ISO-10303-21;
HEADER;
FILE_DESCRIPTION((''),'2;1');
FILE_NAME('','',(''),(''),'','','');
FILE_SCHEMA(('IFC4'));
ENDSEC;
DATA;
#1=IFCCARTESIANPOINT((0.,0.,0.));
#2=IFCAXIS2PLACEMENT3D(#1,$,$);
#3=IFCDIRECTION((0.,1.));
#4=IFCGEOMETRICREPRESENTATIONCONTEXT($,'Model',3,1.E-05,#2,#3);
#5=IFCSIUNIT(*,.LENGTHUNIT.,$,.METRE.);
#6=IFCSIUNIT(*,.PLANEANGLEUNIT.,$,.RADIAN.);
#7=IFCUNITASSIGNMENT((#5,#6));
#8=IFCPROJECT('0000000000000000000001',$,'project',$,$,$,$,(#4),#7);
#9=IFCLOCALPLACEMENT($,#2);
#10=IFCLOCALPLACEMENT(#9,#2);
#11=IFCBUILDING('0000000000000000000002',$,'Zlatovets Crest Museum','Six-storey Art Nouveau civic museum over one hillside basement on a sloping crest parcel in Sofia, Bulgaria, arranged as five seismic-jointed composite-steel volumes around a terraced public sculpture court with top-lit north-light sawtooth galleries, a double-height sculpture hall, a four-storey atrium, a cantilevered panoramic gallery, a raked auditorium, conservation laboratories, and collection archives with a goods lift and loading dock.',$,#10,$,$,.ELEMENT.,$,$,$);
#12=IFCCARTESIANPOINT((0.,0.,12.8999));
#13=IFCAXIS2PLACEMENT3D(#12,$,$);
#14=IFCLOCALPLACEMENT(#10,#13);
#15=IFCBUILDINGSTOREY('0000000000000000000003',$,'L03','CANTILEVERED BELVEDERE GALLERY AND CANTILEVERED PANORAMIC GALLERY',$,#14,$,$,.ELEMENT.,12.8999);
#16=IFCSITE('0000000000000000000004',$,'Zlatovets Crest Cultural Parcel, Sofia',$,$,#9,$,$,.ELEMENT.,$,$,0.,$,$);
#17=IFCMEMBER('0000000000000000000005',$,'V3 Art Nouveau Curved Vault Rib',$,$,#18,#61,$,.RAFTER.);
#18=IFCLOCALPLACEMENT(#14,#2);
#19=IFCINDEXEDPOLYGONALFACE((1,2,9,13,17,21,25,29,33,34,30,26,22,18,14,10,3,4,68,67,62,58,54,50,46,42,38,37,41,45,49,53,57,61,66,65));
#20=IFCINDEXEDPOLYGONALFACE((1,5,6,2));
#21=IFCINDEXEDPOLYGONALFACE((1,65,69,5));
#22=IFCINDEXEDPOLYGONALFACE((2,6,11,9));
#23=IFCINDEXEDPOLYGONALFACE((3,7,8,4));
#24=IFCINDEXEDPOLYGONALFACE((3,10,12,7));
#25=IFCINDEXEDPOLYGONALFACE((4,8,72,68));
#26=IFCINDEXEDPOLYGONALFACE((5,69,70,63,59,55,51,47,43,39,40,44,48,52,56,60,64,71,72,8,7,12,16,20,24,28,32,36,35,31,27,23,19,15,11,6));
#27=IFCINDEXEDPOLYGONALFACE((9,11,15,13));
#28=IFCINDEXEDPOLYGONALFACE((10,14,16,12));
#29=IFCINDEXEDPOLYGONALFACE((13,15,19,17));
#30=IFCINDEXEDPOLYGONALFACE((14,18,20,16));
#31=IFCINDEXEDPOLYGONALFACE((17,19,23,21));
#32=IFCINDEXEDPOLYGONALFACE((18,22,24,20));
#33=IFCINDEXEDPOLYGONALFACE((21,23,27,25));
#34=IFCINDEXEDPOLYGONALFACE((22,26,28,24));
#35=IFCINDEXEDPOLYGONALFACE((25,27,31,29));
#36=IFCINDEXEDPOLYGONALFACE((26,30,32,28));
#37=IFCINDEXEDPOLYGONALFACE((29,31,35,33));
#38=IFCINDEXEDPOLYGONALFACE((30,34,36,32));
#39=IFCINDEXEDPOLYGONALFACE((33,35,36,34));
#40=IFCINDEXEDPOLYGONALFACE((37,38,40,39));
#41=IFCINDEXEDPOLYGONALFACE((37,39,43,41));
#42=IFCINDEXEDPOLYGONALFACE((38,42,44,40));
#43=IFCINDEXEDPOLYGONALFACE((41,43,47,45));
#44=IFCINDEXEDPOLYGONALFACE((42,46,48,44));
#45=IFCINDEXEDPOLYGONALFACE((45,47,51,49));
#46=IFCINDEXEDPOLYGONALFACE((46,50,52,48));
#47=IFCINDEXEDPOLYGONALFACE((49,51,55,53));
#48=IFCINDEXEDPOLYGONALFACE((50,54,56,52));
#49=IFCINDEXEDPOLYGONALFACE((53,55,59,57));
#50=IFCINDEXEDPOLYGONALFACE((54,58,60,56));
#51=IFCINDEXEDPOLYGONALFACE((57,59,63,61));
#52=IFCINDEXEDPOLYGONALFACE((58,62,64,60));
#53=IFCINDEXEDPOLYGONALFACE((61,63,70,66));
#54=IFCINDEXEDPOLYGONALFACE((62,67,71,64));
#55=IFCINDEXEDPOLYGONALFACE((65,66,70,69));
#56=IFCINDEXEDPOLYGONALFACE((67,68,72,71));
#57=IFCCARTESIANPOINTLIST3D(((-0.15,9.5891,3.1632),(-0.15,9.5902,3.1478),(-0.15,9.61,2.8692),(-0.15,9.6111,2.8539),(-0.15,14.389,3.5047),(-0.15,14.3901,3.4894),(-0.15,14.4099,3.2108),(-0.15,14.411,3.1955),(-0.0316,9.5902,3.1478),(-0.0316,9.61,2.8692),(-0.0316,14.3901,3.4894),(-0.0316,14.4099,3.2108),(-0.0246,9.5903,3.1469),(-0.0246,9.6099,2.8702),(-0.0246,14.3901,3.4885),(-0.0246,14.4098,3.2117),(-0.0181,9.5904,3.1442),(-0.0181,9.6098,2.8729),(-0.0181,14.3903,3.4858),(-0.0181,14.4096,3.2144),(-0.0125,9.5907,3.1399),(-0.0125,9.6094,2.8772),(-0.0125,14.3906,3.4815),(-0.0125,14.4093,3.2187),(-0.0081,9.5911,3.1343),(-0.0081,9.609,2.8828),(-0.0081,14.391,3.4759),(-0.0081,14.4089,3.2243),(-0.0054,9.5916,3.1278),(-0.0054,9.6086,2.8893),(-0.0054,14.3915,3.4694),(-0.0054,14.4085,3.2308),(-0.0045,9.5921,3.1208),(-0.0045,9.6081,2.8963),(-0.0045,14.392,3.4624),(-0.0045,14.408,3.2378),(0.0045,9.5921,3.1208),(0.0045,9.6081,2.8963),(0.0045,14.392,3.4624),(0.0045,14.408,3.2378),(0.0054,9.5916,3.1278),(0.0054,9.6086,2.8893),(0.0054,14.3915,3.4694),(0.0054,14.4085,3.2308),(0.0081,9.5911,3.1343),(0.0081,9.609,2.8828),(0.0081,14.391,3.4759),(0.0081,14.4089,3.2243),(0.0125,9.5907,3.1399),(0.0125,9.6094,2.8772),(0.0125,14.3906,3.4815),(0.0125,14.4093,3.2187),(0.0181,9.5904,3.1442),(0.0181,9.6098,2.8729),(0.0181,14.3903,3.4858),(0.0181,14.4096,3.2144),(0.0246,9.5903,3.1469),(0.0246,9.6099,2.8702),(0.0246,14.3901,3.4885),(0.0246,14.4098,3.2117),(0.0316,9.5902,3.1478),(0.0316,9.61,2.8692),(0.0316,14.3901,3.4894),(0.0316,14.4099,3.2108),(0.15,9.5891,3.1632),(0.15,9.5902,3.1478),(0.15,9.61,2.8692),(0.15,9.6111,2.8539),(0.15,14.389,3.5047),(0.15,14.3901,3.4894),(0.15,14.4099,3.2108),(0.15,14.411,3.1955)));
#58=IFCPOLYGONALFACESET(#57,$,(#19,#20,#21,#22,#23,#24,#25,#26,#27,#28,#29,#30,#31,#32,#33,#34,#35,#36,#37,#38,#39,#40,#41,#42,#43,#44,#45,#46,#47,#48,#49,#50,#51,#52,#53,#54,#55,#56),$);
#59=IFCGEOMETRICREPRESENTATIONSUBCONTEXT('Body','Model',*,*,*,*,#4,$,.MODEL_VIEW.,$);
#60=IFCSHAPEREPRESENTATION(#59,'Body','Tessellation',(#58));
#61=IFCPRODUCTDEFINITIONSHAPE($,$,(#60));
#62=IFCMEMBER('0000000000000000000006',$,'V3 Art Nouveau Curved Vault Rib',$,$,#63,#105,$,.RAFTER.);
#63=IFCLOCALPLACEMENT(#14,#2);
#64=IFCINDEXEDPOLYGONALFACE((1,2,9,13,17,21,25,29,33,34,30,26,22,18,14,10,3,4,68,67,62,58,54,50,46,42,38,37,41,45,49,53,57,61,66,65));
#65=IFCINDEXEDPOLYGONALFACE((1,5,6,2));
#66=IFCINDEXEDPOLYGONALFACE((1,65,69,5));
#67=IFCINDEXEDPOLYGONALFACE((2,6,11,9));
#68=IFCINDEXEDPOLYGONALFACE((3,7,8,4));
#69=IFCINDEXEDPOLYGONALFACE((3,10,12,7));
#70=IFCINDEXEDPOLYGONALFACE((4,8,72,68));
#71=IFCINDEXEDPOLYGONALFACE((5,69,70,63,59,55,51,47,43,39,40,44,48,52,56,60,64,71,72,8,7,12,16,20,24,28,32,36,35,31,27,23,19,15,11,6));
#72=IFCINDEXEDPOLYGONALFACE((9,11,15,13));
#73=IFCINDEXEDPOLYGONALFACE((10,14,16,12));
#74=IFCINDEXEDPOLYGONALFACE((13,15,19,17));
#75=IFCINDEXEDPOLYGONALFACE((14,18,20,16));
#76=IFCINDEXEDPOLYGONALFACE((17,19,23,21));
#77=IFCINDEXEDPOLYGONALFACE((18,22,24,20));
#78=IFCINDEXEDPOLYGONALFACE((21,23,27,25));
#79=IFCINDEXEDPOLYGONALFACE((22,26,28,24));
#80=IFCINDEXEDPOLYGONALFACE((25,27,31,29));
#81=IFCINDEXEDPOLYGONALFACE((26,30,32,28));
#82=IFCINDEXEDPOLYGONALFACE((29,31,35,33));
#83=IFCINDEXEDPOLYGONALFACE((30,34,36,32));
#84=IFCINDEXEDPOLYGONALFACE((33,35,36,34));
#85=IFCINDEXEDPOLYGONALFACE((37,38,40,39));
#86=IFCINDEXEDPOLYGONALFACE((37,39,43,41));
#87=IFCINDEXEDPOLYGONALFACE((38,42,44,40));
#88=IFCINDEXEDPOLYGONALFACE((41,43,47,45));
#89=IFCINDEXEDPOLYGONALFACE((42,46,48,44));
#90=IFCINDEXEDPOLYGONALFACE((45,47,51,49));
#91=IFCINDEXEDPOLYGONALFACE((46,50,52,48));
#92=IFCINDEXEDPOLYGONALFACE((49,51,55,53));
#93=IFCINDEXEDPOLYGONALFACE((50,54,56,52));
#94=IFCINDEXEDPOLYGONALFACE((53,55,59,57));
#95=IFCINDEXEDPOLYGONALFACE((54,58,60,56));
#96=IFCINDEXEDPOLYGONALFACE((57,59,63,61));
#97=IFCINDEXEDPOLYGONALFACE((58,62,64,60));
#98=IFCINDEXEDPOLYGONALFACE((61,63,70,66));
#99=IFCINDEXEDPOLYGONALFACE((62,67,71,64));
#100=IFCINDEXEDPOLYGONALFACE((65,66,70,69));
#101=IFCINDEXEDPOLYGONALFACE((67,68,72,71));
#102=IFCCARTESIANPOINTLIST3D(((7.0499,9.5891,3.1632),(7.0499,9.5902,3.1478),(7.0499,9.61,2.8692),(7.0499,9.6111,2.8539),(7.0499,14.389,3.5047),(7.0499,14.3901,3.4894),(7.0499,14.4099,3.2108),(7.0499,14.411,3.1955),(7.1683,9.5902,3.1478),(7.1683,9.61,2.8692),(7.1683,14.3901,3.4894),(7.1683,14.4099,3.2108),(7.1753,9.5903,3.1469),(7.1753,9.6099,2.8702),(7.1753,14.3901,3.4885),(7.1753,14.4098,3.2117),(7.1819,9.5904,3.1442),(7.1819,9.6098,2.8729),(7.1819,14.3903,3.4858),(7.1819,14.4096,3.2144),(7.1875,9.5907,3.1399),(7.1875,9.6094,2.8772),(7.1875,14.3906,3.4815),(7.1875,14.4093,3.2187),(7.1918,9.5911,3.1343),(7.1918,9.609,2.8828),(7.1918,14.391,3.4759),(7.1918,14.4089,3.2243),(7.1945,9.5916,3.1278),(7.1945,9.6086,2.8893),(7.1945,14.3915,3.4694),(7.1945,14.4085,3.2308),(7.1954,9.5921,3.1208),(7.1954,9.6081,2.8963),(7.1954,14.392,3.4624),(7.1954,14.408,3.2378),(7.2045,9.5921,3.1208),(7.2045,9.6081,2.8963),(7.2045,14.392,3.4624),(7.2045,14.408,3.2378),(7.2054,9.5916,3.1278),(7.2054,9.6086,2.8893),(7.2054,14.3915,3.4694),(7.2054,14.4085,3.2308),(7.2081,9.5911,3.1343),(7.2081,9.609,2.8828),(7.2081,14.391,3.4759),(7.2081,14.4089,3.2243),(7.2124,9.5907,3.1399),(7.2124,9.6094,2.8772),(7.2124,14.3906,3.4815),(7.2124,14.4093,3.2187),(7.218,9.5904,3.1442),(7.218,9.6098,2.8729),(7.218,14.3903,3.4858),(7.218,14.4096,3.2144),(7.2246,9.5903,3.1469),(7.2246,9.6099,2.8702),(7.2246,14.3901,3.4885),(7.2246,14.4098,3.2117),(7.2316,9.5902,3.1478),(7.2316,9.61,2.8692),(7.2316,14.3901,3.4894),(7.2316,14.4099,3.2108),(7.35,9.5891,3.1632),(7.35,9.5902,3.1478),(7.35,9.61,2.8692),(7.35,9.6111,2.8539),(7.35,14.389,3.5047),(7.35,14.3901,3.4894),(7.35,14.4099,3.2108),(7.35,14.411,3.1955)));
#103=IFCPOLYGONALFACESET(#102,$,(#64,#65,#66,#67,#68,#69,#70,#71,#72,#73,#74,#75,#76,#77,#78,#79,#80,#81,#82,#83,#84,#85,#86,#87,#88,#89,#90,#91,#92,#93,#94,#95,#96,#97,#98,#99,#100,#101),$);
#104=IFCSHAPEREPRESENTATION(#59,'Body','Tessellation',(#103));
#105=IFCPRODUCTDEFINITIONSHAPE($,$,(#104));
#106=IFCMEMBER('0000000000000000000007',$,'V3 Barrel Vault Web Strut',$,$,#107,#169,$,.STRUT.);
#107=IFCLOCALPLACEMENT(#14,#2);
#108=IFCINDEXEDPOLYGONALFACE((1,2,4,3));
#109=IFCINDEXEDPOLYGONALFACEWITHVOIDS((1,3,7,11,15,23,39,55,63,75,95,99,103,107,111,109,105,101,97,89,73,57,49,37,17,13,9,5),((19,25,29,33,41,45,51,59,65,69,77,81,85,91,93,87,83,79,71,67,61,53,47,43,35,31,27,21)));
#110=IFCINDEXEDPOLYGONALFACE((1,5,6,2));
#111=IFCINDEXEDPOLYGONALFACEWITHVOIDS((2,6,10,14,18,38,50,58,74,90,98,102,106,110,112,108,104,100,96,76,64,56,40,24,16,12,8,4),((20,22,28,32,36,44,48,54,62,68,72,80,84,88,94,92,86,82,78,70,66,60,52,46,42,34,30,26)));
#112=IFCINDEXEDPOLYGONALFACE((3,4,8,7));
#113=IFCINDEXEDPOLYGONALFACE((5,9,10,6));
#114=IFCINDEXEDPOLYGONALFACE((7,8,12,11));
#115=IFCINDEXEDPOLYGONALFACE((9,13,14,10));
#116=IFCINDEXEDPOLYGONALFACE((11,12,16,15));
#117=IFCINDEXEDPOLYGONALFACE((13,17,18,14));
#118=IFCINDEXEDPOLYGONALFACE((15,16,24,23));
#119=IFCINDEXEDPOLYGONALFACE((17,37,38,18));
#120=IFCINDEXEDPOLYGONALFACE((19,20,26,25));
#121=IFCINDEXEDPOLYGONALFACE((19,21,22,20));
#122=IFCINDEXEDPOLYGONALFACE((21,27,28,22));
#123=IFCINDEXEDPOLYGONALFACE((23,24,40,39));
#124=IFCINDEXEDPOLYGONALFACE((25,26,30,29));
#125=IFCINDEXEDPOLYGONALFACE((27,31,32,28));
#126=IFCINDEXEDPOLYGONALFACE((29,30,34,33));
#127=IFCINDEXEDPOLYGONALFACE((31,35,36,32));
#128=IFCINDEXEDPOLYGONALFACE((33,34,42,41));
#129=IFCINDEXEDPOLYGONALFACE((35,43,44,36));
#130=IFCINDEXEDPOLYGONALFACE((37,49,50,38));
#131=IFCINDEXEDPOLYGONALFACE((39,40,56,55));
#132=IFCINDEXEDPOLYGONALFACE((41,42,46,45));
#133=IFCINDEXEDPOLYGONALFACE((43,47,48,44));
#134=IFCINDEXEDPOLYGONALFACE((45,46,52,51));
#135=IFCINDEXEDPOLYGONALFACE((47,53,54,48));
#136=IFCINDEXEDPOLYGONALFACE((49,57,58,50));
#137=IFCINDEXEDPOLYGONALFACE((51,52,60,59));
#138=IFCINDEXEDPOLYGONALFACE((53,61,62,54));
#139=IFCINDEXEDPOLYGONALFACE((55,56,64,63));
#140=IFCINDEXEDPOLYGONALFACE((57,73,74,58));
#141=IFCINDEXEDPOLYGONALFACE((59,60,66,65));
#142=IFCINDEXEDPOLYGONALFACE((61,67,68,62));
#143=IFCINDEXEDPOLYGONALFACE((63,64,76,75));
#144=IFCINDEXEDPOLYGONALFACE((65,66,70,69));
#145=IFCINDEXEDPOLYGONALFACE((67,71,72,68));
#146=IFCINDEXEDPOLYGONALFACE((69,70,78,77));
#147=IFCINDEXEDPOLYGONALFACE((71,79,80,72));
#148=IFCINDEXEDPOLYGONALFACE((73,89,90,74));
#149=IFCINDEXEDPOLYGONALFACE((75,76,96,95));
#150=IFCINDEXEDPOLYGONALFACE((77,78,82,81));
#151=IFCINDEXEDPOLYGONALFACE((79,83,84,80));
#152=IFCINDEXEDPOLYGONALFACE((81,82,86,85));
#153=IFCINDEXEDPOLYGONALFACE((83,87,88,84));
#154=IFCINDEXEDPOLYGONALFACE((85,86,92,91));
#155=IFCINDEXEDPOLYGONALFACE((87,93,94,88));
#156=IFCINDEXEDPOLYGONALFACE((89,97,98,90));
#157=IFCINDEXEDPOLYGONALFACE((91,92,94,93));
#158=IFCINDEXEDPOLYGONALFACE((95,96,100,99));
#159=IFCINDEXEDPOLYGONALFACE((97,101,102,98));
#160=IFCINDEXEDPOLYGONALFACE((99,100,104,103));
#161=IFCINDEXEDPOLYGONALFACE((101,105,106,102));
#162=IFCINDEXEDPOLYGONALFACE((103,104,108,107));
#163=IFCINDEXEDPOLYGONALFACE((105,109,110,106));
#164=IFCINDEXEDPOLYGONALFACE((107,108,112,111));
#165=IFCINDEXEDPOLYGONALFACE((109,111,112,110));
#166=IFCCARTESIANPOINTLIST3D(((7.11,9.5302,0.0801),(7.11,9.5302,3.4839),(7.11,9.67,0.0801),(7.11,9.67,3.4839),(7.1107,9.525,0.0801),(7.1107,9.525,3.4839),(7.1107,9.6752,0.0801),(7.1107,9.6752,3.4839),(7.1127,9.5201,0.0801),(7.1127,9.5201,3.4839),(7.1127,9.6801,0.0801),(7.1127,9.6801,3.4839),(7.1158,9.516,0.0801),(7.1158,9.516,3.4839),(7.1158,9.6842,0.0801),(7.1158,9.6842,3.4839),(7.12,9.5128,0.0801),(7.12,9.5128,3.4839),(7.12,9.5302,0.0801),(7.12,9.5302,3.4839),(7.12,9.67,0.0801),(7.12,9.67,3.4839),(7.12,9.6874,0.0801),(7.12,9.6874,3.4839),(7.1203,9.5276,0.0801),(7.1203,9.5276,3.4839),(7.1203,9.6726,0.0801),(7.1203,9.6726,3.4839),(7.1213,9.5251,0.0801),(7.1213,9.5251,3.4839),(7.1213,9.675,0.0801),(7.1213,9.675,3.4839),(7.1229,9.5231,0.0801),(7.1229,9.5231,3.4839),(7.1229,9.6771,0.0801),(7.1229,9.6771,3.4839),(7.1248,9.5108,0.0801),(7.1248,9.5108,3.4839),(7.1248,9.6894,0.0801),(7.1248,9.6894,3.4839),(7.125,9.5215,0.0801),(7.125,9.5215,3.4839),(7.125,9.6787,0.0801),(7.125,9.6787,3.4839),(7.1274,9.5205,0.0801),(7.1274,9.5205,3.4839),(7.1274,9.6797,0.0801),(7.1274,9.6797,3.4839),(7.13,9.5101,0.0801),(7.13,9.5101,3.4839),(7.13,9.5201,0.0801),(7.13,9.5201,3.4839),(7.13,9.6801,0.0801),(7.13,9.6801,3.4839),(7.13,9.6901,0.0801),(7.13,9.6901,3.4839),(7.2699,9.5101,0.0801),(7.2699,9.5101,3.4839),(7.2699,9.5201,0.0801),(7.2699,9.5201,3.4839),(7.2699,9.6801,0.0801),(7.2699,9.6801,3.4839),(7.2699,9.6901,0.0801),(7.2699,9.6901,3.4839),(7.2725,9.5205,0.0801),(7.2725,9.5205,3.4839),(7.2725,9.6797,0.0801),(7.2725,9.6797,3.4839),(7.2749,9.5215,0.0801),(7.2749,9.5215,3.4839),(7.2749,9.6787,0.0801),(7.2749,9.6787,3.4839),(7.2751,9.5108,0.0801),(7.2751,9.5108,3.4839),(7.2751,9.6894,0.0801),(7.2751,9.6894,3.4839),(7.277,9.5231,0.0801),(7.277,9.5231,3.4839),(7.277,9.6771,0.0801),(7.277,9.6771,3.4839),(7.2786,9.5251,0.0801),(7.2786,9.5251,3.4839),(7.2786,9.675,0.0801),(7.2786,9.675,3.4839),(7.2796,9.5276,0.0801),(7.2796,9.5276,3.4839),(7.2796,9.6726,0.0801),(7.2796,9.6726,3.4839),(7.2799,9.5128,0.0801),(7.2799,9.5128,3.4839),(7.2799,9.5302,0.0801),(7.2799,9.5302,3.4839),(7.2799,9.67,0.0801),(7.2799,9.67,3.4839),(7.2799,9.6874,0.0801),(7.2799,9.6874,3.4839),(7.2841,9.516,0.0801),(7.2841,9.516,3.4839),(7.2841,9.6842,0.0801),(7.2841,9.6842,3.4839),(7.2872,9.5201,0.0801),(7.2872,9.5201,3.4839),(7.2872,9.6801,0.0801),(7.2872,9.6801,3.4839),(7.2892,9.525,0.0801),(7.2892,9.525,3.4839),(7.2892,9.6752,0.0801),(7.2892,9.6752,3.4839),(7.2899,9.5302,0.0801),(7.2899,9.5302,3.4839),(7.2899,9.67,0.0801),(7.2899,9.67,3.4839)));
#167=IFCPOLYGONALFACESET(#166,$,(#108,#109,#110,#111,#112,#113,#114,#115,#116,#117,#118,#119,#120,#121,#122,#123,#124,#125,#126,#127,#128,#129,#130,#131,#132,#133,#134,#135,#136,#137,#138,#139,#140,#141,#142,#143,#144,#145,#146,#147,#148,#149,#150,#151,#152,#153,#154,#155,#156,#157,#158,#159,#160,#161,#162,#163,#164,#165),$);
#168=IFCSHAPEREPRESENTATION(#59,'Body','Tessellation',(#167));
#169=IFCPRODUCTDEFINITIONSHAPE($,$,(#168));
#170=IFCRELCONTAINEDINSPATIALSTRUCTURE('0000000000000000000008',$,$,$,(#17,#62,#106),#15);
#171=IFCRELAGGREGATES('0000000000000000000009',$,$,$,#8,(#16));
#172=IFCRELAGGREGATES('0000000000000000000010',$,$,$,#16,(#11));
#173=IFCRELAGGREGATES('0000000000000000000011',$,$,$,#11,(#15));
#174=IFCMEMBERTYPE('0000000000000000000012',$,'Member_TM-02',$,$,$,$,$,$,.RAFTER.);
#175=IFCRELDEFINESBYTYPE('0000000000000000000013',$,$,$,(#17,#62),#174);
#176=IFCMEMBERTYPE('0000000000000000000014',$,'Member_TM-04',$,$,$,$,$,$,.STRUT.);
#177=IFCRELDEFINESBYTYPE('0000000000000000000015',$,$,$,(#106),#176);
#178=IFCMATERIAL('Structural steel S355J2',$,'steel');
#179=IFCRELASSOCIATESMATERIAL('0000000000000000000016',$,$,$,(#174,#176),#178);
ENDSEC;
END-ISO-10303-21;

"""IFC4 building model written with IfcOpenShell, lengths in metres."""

from ifc_helpers import new_model, si_unit, direction, frame, origin, origin_2d, place, context, subcontext, project, spatial, hollow_rectangle, i_section, extrude, material, material_profile, profile_set, type_object, element, save


model = new_model("IFC4")

# Units and contexts
model_context = context("Model", 3, precision=1e-05, world=origin(), true_north=direction((0.0, 1.0)))
body_context = subcontext(model_context, "Body", "Model", "MODEL_VIEW")
ifc_project = project(units=[si_unit("LENGTHUNIT", "METRE"), si_unit("PLANEANGLEUNIT", "RADIAN")], contexts=[model_context])

# Site, building, storey
site_placement = place(None, origin())
site = spatial("IfcSite", under=ifc_project, at=site_placement, Name="Zlatovets Crest Cultural Parcel, Sofia", CompositionType="ELEMENT", RefElevation=0.0)
building_placement = place(site_placement, origin())
building = spatial("IfcBuilding", under=site, at=building_placement, Name="Zlatovets Crest Museum", Description="Six-storey Art Nouveau civic museum over one hillside basement on a sloping crest parcel in Sofia, Bulgaria, arranged as five seismic-jointed composite-steel volumes around a terraced public sculpture court with top-lit north-light sawtooth galleries, a double-height sculpture hall, a four-storey atrium, a cantilevered panoramic gallery, a raked auditorium, conservation laboratories, and collection archives with a goods lift and loading dock.", CompositionType="ELEMENT")
storey_placement = place(building_placement, frame((0.0, 0.0, 12.8999)))
storey = spatial("IfcBuildingStorey", under=building, at=storey_placement, Name="L03", Description="CANTILEVERED BELVEDERE GALLERY AND CANTILEVERED PANORAMIC GALLERY", CompositionType="ELEMENT", Elevation=12.8999)

# Shared definitions
ifc_material_1 = material(Name="Structural steel S355J2", Category="steel")

# Members
ifc_material_profile_1 = material_profile(ifc_material_1, i_section(OverallWidth=0.3, OverallDepth=0.3101, WebThickness=0.009, FlangeThickness=0.0154, FilletRadius=0.0271, at=origin_2d()), Name="HEA 320")
ifc_profile_set_1 = profile_set([ifc_material_profile_1], Name="Structural steel S355J2")
member_type_1 = type_object("IfcMemberType", Name="Member_TM-02", PredefinedType="RAFTER", material=ifc_profile_set_1)
for number, where, z_axis, x_axis, name in (
    (1, (0.0, 9.6001, 3.0085), (0.0, 0.997478, 0.07098), (-1.0, 0.0, 0.0), "V3 Art Nouveau Curved Vault Rib"),
    (2, (7.2, 9.6001, 3.0085), (0.0, 0.997478, 0.07098), (-1.0, 0.0, 0.0), "V3 Art Nouveau Curved Vault Rib"),
):
    element("IfcMember", number, at=place(storey_placement, frame(where, z_axis=z_axis, x_axis=x_axis)), inside=storey, type_object=member_type_1, Name=name, PredefinedType="RAFTER", context=body_context, shape_type="SweptSolid", body=[
        extrude(i_section(OverallWidth=0.3, OverallDepth=0.3101, WebThickness=0.009, FlangeThickness=0.0154, FilletRadius=0.0271, at=origin_2d()), origin(), (0.0, 0.0, 1.0), 4.812),
    ])
ifc_material_profile_2 = material_profile(ifc_material_1, hollow_rectangle(XDim=0.1799, YDim=0.1799, WallThickness=0.01, InnerFilletRadius=0.01, OuterFilletRadius=0.02, at=origin_2d()), Name="SHS 180x180x10.0")
ifc_profile_set_2 = profile_set([ifc_material_profile_2], Name="Structural steel S355J2")
member_type_2 = type_object("IfcMemberType", Name="Member_TM-04", PredefinedType="STRUT", material=ifc_profile_set_2)
member_1_placement = place(storey_placement, frame((7.2, 9.6001, 0.0801), z_axis=(0.0, 0.0, 1.0), x_axis=(1.0, 0.0, 0.0)))
element("IfcMember", 3, at=member_1_placement, inside=storey, type_object=member_type_2, Name="V3 Barrel Vault Web Strut", PredefinedType="STRUT", context=body_context, shape_type="SweptSolid", body=[
    extrude(hollow_rectangle(XDim=0.1799, YDim=0.1799, WallThickness=0.01, InnerFilletRadius=0.01, OuterFilletRadius=0.02, at=origin_2d()), origin(), (0.0, 0.0, 1.0), 3.4038),
])

save(model, "model.ifc")
